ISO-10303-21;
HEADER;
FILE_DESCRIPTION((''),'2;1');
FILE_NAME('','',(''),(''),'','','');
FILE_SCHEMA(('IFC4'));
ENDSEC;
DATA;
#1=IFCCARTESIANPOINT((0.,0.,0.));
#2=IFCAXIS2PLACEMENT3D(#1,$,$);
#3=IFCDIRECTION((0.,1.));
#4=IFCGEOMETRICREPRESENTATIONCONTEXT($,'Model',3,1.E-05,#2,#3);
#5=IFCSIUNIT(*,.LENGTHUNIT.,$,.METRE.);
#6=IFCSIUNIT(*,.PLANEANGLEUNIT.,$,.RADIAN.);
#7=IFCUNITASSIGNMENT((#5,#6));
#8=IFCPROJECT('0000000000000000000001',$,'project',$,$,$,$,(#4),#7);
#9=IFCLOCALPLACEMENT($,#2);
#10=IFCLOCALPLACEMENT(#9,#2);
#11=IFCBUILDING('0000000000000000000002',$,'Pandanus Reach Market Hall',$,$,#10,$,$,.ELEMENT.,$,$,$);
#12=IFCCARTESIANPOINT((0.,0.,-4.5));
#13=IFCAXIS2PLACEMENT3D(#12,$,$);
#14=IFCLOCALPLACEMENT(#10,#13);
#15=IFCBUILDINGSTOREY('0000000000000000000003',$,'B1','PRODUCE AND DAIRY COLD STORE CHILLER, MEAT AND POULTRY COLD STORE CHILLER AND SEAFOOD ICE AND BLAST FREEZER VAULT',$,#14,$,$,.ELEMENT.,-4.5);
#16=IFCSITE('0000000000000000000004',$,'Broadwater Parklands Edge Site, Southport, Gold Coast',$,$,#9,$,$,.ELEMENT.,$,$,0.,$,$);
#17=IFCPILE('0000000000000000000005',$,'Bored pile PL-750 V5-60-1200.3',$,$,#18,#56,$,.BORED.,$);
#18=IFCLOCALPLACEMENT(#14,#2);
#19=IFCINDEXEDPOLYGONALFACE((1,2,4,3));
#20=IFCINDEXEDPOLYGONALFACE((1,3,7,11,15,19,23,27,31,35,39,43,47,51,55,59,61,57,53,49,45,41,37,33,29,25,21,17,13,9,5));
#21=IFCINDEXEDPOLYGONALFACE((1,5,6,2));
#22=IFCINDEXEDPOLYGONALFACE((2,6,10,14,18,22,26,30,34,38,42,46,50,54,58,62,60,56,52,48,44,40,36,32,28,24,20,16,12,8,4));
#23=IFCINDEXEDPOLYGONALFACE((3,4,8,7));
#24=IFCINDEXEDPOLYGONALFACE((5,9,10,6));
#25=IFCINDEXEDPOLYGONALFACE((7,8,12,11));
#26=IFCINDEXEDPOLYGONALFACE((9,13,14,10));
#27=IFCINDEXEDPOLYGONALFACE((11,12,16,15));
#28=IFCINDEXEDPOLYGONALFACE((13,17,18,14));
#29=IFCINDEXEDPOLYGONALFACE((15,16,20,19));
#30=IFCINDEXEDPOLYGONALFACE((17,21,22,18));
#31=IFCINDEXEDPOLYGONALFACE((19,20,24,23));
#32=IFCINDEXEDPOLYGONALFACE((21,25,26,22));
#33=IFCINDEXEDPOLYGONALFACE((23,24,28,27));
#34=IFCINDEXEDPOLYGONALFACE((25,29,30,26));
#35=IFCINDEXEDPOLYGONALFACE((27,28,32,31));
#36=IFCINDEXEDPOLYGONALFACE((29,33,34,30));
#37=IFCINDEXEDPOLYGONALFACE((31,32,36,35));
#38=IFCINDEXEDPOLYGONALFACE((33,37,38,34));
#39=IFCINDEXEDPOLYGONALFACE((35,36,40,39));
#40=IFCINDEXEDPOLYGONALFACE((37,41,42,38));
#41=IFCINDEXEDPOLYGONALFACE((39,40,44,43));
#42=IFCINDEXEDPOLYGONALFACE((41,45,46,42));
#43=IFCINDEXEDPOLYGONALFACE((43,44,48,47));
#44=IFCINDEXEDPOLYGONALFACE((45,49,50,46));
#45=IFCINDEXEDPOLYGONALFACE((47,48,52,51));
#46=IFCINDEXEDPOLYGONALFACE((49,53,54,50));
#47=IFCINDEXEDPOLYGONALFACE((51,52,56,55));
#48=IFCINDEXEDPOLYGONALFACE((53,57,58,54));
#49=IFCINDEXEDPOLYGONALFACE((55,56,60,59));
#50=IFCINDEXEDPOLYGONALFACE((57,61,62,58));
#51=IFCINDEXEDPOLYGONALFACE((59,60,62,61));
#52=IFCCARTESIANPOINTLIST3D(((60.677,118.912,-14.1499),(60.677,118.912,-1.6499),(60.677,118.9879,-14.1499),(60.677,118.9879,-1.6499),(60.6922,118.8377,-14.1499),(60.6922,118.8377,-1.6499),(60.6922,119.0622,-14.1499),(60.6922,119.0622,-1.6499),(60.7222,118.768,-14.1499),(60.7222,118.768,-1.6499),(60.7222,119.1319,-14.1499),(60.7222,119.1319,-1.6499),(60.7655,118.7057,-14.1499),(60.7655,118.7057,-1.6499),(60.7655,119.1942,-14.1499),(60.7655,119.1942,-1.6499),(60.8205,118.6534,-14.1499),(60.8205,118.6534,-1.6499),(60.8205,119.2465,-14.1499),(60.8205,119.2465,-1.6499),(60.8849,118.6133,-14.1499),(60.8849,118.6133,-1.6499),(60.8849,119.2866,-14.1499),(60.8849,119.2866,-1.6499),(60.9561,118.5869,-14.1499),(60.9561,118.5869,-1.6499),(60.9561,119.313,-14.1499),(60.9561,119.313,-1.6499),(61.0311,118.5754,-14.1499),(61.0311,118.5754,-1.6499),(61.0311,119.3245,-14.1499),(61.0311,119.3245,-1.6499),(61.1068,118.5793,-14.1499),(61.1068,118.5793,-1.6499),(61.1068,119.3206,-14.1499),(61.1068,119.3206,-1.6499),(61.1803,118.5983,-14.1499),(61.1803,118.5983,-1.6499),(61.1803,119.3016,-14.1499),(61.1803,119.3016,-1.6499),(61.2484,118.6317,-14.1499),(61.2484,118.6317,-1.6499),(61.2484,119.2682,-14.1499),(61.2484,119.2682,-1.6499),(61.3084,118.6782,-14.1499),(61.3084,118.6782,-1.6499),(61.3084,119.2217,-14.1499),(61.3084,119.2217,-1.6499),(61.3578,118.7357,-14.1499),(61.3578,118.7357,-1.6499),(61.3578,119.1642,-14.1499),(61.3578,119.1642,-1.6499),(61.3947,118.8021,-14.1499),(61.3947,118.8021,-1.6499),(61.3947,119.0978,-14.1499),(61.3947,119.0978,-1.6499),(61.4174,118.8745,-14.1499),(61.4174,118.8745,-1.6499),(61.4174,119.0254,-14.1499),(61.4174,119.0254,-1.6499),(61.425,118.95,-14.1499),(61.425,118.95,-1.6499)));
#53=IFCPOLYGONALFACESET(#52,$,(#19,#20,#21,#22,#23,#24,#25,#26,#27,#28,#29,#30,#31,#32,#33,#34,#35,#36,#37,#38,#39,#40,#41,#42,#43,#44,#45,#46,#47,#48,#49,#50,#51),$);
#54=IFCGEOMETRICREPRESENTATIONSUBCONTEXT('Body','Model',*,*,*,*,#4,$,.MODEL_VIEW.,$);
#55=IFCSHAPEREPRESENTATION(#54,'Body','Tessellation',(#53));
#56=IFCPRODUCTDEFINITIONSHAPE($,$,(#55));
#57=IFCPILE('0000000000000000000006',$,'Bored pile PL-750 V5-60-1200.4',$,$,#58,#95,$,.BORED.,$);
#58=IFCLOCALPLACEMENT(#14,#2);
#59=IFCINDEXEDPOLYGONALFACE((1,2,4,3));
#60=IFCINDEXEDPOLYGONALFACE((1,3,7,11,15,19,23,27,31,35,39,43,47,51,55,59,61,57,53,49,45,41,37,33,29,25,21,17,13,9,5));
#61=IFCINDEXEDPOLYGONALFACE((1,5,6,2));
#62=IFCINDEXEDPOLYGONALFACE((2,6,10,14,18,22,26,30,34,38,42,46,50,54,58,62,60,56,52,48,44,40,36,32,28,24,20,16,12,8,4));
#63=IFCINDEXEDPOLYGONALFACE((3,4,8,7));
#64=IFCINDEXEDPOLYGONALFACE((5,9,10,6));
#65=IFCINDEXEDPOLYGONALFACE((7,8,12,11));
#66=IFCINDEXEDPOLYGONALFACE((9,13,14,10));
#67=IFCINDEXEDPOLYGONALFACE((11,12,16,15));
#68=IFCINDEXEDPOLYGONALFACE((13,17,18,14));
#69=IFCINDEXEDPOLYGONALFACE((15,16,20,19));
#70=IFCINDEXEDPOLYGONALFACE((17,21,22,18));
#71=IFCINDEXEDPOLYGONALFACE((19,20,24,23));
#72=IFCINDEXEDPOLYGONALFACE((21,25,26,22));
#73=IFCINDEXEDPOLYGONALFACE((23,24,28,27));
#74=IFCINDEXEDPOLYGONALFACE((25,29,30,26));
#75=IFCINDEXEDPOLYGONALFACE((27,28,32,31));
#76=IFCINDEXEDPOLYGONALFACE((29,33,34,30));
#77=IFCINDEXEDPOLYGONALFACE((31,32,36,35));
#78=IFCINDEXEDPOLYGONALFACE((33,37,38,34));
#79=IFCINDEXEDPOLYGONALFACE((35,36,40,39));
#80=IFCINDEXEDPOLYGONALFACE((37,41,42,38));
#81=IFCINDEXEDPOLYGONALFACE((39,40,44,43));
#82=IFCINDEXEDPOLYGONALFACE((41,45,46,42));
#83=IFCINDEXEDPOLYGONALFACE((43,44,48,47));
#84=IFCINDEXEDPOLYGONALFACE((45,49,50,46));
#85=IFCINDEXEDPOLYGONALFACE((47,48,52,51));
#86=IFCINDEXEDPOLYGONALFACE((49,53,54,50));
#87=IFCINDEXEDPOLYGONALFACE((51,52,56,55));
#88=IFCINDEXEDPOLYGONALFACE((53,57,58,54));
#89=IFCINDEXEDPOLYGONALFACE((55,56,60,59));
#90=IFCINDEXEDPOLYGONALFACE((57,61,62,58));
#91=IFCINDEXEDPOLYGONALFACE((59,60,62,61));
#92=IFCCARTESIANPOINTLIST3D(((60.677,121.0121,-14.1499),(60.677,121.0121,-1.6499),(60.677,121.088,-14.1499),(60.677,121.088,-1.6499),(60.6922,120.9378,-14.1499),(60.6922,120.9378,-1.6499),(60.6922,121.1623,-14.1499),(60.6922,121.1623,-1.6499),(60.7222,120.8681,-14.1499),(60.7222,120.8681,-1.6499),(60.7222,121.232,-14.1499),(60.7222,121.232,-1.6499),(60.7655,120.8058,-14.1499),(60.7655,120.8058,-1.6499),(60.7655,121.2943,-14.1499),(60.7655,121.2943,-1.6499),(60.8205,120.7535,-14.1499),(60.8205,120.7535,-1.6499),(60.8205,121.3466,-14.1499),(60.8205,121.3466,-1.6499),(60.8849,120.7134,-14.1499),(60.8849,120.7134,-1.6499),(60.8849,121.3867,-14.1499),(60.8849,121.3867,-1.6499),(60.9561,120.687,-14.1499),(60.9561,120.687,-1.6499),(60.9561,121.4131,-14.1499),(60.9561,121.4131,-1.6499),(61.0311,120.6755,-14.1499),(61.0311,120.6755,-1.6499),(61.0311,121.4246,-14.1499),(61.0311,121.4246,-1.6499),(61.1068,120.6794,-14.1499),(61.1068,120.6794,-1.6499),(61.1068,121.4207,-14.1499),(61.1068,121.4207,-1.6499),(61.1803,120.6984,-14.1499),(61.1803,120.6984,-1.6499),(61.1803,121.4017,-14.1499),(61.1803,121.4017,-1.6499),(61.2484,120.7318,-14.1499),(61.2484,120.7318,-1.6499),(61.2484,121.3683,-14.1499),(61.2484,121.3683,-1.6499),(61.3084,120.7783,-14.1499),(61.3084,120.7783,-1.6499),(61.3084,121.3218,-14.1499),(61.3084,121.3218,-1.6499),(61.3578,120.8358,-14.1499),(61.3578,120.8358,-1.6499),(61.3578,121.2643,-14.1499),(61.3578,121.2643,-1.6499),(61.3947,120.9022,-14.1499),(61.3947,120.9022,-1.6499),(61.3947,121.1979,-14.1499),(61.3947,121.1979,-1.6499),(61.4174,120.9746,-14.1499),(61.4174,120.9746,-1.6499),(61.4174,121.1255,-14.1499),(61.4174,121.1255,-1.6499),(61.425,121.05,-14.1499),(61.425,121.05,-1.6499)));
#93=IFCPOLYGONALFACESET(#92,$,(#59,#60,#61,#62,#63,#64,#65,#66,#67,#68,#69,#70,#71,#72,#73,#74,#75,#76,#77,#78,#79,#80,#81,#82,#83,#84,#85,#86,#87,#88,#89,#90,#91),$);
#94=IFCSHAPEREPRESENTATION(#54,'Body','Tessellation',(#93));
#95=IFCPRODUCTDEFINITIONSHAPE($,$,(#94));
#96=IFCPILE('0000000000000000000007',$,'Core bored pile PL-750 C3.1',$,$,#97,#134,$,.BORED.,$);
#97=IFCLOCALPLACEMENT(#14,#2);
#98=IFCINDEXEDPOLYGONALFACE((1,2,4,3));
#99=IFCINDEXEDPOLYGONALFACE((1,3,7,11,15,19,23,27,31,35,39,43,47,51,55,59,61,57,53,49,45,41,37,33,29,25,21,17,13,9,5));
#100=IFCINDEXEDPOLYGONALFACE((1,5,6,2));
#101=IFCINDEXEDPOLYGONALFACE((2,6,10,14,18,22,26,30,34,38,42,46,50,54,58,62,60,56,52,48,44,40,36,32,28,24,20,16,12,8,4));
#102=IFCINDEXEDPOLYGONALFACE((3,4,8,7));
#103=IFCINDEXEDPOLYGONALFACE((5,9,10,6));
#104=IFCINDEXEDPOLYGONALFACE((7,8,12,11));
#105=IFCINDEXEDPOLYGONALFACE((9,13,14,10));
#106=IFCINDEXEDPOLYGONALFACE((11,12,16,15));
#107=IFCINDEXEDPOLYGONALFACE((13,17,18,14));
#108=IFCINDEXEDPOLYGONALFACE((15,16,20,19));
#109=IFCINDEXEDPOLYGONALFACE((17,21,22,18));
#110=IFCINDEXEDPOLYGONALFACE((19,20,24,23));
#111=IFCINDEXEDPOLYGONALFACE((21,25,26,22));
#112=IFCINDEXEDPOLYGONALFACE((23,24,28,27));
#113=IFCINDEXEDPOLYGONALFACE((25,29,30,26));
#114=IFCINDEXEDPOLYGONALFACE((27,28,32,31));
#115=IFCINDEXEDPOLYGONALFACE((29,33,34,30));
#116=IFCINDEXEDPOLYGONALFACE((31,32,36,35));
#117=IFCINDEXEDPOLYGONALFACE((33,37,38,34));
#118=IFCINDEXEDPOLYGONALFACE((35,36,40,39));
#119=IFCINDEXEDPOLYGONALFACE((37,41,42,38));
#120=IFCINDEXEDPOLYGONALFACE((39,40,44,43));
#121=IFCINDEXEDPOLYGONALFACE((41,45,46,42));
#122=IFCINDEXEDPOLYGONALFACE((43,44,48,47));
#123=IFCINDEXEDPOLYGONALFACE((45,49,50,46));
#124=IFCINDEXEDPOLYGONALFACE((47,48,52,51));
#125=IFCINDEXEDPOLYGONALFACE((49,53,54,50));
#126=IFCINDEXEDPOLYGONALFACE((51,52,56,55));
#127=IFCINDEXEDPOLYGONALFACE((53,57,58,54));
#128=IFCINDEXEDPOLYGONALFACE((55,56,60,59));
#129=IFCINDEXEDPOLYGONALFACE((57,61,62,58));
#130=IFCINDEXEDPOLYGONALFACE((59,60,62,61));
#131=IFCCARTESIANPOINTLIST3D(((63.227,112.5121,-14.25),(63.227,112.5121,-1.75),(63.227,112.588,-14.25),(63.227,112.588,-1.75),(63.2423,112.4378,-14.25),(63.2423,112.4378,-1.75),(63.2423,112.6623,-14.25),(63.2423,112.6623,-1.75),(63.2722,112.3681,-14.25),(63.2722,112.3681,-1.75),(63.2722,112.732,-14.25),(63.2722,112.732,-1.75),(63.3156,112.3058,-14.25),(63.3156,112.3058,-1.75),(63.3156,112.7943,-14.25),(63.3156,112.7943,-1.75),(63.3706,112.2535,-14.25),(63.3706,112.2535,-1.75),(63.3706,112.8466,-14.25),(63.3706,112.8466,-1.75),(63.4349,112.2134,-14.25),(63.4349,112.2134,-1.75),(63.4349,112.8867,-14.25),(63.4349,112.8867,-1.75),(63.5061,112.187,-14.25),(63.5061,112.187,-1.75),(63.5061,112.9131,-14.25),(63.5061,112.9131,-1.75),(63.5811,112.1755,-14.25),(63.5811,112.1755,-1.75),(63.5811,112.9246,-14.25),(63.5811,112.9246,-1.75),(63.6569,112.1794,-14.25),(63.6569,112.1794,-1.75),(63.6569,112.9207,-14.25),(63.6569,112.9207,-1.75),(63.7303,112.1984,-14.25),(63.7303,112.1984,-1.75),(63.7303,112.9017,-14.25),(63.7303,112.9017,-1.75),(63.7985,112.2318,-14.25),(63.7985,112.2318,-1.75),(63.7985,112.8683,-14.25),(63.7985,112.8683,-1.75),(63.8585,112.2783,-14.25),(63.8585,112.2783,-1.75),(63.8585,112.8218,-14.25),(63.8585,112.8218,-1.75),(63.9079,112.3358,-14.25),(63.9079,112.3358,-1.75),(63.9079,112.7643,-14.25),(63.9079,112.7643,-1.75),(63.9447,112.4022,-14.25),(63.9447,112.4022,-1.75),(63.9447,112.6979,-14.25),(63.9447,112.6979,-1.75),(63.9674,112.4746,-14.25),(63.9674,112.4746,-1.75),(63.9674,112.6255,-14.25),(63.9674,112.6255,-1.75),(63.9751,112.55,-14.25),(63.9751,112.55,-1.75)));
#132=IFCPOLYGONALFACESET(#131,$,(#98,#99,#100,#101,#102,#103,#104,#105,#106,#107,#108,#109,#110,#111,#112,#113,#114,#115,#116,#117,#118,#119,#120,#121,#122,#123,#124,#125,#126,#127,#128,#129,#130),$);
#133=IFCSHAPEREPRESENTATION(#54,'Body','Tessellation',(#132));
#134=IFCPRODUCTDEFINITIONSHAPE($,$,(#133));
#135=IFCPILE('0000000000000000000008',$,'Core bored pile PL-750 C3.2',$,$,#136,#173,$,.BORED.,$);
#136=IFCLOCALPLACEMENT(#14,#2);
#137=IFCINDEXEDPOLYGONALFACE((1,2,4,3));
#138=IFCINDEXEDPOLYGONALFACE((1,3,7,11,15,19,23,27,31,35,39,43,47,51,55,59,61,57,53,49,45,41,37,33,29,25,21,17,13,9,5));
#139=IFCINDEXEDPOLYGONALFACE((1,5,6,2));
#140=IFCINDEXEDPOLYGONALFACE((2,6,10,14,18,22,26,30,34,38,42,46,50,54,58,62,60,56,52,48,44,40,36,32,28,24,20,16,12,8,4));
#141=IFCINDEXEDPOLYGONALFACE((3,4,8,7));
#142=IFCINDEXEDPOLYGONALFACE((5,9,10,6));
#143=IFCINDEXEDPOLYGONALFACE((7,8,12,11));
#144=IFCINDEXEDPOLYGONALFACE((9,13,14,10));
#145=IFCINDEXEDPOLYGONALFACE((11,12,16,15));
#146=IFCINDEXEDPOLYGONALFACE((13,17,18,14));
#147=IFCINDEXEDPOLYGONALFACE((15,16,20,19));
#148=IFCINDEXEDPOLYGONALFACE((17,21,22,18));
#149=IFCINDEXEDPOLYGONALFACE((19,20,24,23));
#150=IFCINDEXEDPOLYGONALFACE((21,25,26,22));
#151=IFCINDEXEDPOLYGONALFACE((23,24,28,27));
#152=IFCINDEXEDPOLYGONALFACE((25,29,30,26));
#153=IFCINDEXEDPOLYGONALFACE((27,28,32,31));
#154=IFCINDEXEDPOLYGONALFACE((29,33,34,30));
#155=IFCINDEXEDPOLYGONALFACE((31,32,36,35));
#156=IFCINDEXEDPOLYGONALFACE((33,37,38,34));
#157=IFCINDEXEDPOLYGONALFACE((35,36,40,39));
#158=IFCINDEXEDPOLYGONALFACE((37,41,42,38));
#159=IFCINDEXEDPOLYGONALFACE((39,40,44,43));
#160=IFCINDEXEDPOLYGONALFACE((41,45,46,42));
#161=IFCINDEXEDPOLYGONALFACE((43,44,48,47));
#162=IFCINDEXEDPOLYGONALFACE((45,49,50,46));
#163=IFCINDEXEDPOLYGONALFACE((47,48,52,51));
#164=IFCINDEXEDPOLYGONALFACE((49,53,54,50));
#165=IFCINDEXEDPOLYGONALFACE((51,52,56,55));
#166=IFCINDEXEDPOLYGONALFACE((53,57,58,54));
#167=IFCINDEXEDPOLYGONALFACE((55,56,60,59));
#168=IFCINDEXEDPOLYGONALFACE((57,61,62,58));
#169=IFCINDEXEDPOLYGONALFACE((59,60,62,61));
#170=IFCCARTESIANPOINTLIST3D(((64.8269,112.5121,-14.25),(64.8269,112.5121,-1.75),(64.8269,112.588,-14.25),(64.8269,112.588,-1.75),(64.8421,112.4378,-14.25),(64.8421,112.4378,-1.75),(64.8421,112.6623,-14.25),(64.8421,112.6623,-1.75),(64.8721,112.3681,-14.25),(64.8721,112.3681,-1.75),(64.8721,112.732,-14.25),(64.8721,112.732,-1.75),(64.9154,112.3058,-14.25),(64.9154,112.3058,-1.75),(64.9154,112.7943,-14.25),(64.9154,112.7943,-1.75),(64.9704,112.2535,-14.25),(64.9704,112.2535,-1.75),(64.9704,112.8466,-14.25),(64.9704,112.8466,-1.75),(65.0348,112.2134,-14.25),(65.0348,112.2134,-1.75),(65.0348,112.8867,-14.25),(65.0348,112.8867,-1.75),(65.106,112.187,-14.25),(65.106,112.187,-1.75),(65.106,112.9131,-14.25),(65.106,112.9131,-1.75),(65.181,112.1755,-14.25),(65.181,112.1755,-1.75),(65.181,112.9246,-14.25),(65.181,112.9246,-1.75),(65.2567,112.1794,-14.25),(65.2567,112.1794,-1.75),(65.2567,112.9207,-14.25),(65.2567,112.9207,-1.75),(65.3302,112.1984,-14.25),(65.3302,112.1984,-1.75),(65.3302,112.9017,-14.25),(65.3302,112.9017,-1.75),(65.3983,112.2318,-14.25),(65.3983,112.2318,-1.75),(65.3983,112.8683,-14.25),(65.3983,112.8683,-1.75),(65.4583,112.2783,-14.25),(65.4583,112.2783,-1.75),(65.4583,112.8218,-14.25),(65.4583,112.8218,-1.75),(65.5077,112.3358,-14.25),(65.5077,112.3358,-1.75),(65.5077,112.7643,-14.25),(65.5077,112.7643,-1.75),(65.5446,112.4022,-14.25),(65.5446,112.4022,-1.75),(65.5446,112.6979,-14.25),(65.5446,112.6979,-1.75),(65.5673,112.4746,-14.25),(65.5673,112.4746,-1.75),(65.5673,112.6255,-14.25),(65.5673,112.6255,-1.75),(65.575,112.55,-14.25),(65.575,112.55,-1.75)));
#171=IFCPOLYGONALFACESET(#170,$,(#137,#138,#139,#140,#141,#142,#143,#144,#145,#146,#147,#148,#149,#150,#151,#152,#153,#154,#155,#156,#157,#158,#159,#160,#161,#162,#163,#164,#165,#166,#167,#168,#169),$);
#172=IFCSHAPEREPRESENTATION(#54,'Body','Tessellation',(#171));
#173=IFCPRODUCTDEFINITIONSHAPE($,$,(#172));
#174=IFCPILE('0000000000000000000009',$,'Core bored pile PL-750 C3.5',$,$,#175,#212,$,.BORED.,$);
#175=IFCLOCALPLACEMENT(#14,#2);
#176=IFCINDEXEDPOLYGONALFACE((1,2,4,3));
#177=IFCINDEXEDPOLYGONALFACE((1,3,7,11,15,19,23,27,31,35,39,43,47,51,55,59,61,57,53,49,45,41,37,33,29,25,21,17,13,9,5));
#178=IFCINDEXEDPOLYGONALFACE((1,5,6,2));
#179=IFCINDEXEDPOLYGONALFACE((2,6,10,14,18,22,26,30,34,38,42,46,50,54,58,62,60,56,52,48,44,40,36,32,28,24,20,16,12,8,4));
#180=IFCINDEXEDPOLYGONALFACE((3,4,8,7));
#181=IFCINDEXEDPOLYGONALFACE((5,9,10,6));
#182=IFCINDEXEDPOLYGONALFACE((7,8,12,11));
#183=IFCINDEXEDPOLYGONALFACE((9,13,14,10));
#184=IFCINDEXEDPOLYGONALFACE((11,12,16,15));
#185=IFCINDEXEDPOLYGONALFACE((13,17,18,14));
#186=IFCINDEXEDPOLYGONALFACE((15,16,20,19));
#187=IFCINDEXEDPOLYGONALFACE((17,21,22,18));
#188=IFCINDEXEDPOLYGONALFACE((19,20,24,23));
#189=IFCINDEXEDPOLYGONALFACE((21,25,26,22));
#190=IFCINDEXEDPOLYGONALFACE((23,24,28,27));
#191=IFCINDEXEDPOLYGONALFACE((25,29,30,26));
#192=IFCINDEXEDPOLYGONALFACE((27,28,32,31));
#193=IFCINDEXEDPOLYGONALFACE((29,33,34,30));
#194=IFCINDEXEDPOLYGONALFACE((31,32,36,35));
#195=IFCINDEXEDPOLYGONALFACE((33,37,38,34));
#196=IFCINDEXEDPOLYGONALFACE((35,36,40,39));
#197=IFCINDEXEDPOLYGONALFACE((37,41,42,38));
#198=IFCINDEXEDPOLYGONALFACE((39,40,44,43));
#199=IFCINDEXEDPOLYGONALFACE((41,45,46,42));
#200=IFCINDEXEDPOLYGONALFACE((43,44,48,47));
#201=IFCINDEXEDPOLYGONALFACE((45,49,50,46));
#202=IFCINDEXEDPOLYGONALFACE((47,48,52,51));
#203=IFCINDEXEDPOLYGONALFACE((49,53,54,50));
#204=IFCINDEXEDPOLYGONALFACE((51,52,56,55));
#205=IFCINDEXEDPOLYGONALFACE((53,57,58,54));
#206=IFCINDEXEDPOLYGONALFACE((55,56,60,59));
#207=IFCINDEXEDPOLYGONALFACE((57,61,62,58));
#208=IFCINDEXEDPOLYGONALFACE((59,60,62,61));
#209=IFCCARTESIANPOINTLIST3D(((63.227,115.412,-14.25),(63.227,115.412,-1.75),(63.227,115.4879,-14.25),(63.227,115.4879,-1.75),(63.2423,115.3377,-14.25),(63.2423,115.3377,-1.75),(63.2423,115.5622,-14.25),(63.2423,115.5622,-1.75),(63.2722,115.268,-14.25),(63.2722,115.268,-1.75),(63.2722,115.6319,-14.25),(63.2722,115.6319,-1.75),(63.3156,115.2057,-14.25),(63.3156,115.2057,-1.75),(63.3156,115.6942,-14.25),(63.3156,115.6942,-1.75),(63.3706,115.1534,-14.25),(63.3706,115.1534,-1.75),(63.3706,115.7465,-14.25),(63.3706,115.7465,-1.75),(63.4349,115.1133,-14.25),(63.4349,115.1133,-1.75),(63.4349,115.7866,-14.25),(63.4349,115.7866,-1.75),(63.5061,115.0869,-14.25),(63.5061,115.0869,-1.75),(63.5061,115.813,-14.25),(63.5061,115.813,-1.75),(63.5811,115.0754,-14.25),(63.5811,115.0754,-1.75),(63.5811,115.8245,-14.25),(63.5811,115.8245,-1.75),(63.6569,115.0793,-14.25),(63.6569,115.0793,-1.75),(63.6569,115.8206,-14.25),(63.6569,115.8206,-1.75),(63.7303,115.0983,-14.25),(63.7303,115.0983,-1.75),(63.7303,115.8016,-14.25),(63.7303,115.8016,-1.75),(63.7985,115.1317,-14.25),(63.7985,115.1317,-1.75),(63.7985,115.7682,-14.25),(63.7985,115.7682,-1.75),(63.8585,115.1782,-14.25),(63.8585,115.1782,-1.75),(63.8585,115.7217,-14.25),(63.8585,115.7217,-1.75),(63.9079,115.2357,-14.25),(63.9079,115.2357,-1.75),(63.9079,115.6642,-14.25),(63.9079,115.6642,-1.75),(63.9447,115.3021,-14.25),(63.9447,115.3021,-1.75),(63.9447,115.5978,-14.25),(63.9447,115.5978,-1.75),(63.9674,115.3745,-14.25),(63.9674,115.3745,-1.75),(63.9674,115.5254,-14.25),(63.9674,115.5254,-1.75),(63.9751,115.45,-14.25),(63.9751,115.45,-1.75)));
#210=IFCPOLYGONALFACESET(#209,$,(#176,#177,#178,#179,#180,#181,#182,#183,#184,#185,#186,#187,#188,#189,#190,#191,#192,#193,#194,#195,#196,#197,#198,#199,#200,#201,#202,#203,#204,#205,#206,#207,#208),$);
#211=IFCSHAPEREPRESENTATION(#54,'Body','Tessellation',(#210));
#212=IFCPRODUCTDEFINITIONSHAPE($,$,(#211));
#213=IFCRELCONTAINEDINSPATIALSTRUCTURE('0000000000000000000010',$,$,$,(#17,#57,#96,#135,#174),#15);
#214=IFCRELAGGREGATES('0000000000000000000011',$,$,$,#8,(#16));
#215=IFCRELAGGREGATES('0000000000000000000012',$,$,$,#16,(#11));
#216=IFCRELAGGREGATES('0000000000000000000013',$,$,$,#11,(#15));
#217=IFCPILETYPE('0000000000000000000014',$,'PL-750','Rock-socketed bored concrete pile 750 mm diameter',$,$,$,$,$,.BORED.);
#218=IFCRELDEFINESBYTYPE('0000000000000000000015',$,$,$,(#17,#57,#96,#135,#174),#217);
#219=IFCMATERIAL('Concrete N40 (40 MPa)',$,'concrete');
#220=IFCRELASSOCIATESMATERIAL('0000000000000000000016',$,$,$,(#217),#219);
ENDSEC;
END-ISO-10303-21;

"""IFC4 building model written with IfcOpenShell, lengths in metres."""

from ifc_helpers import new_model, si_unit, direction, frame, origin, origin_2d, place, context, subcontext, project, spatial, circle, extrude, material, material_profile, profile_set, type_object, element, save


model = new_model("IFC4")

# Units and contexts
model_context = context("Model", 3, precision=1e-05, world=origin(), true_north=direction((0.0, 1.0)))
body_context = subcontext(model_context, "Body", "Model", "MODEL_VIEW")
ifc_project = project(units=[si_unit("LENGTHUNIT", "METRE"), si_unit("PLANEANGLEUNIT", "RADIAN")], contexts=[model_context])

# Site, building, storey
site_placement = place(None, origin())
site = spatial("IfcSite", under=ifc_project, at=site_placement, Name="Broadwater Parklands Edge Site, Southport, Gold Coast", CompositionType="ELEMENT", RefElevation=0.0)
building_placement = place(site_placement, origin())
building = spatial("IfcBuilding", under=site, at=building_placement, Name="Pandanus Reach Market Hall", CompositionType="ELEMENT")
storey_placement = place(building_placement, frame((0.0, 0.0, -4.5)))
storey = spatial("IfcBuildingStorey", under=building, at=storey_placement, Name="B1", Description="PRODUCE AND DAIRY COLD STORE CHILLER, MEAT AND POULTRY COLD STORE CHILLER AND SEAFOOD ICE AND BLAST FREEZER VAULT", CompositionType="ELEMENT", Elevation=-4.5)

# Shared definitions
ifc_material_1 = material(Name="Concrete N40 (40 MPa)", Category="concrete")

# Piles
ifc_material_profile_1 = material_profile(ifc_material_1, circle(Radius=0.375, at=origin_2d()), Name="PILE-750D", Category="LoadBearing")
ifc_profile_set_1 = profile_set([ifc_material_profile_1], Name="Concrete N40 (40 MPa)")
pile_type = type_object("IfcPileType", Name="PL-750", Description="Rock-socketed bored concrete pile 750 mm diameter", PredefinedType="BORED", material=ifc_profile_set_1)
for number, where, z_axis, x_axis, name in (
    (1, (61.05, 118.95, -1.6499), (0.0, 0.0, -1.0), (1.0, 0.0, 0.0), "Bored pile PL-750 V5-60-1200.3"),
    (2, (61.05, 121.05, -1.6499), (0.0, 0.0, -1.0), (1.0, 0.0, 0.0), "Bored pile PL-750 V5-60-1200.4"),
    (3, (63.6001, 112.55, -1.75), (0.0, 0.0, -1.0), (1.0, 0.0, 0.0), "Core bored pile PL-750 C3.1"),
    (4, (65.2, 112.55, -1.75), (0.0, 0.0, -1.0), (1.0, 0.0, 0.0), "Core bored pile PL-750 C3.2"),
    (5, (63.6001, 115.45, -1.75), (0.0, 0.0, -1.0), (1.0, 0.0, 0.0), "Core bored pile PL-750 C3.5"),
):
    element("IfcPile", number, at=place(storey_placement, frame(where, z_axis=z_axis, x_axis=x_axis)), inside=storey, type_object=pile_type, Name=name, PredefinedType="BORED", context=body_context, shape_type="SweptSolid", body=[
        extrude(circle(Radius=0.375, at=origin_2d()), origin(), (0.0, 0.0, 1.0), 12.5),
    ])

save(model, "model.ifc")
